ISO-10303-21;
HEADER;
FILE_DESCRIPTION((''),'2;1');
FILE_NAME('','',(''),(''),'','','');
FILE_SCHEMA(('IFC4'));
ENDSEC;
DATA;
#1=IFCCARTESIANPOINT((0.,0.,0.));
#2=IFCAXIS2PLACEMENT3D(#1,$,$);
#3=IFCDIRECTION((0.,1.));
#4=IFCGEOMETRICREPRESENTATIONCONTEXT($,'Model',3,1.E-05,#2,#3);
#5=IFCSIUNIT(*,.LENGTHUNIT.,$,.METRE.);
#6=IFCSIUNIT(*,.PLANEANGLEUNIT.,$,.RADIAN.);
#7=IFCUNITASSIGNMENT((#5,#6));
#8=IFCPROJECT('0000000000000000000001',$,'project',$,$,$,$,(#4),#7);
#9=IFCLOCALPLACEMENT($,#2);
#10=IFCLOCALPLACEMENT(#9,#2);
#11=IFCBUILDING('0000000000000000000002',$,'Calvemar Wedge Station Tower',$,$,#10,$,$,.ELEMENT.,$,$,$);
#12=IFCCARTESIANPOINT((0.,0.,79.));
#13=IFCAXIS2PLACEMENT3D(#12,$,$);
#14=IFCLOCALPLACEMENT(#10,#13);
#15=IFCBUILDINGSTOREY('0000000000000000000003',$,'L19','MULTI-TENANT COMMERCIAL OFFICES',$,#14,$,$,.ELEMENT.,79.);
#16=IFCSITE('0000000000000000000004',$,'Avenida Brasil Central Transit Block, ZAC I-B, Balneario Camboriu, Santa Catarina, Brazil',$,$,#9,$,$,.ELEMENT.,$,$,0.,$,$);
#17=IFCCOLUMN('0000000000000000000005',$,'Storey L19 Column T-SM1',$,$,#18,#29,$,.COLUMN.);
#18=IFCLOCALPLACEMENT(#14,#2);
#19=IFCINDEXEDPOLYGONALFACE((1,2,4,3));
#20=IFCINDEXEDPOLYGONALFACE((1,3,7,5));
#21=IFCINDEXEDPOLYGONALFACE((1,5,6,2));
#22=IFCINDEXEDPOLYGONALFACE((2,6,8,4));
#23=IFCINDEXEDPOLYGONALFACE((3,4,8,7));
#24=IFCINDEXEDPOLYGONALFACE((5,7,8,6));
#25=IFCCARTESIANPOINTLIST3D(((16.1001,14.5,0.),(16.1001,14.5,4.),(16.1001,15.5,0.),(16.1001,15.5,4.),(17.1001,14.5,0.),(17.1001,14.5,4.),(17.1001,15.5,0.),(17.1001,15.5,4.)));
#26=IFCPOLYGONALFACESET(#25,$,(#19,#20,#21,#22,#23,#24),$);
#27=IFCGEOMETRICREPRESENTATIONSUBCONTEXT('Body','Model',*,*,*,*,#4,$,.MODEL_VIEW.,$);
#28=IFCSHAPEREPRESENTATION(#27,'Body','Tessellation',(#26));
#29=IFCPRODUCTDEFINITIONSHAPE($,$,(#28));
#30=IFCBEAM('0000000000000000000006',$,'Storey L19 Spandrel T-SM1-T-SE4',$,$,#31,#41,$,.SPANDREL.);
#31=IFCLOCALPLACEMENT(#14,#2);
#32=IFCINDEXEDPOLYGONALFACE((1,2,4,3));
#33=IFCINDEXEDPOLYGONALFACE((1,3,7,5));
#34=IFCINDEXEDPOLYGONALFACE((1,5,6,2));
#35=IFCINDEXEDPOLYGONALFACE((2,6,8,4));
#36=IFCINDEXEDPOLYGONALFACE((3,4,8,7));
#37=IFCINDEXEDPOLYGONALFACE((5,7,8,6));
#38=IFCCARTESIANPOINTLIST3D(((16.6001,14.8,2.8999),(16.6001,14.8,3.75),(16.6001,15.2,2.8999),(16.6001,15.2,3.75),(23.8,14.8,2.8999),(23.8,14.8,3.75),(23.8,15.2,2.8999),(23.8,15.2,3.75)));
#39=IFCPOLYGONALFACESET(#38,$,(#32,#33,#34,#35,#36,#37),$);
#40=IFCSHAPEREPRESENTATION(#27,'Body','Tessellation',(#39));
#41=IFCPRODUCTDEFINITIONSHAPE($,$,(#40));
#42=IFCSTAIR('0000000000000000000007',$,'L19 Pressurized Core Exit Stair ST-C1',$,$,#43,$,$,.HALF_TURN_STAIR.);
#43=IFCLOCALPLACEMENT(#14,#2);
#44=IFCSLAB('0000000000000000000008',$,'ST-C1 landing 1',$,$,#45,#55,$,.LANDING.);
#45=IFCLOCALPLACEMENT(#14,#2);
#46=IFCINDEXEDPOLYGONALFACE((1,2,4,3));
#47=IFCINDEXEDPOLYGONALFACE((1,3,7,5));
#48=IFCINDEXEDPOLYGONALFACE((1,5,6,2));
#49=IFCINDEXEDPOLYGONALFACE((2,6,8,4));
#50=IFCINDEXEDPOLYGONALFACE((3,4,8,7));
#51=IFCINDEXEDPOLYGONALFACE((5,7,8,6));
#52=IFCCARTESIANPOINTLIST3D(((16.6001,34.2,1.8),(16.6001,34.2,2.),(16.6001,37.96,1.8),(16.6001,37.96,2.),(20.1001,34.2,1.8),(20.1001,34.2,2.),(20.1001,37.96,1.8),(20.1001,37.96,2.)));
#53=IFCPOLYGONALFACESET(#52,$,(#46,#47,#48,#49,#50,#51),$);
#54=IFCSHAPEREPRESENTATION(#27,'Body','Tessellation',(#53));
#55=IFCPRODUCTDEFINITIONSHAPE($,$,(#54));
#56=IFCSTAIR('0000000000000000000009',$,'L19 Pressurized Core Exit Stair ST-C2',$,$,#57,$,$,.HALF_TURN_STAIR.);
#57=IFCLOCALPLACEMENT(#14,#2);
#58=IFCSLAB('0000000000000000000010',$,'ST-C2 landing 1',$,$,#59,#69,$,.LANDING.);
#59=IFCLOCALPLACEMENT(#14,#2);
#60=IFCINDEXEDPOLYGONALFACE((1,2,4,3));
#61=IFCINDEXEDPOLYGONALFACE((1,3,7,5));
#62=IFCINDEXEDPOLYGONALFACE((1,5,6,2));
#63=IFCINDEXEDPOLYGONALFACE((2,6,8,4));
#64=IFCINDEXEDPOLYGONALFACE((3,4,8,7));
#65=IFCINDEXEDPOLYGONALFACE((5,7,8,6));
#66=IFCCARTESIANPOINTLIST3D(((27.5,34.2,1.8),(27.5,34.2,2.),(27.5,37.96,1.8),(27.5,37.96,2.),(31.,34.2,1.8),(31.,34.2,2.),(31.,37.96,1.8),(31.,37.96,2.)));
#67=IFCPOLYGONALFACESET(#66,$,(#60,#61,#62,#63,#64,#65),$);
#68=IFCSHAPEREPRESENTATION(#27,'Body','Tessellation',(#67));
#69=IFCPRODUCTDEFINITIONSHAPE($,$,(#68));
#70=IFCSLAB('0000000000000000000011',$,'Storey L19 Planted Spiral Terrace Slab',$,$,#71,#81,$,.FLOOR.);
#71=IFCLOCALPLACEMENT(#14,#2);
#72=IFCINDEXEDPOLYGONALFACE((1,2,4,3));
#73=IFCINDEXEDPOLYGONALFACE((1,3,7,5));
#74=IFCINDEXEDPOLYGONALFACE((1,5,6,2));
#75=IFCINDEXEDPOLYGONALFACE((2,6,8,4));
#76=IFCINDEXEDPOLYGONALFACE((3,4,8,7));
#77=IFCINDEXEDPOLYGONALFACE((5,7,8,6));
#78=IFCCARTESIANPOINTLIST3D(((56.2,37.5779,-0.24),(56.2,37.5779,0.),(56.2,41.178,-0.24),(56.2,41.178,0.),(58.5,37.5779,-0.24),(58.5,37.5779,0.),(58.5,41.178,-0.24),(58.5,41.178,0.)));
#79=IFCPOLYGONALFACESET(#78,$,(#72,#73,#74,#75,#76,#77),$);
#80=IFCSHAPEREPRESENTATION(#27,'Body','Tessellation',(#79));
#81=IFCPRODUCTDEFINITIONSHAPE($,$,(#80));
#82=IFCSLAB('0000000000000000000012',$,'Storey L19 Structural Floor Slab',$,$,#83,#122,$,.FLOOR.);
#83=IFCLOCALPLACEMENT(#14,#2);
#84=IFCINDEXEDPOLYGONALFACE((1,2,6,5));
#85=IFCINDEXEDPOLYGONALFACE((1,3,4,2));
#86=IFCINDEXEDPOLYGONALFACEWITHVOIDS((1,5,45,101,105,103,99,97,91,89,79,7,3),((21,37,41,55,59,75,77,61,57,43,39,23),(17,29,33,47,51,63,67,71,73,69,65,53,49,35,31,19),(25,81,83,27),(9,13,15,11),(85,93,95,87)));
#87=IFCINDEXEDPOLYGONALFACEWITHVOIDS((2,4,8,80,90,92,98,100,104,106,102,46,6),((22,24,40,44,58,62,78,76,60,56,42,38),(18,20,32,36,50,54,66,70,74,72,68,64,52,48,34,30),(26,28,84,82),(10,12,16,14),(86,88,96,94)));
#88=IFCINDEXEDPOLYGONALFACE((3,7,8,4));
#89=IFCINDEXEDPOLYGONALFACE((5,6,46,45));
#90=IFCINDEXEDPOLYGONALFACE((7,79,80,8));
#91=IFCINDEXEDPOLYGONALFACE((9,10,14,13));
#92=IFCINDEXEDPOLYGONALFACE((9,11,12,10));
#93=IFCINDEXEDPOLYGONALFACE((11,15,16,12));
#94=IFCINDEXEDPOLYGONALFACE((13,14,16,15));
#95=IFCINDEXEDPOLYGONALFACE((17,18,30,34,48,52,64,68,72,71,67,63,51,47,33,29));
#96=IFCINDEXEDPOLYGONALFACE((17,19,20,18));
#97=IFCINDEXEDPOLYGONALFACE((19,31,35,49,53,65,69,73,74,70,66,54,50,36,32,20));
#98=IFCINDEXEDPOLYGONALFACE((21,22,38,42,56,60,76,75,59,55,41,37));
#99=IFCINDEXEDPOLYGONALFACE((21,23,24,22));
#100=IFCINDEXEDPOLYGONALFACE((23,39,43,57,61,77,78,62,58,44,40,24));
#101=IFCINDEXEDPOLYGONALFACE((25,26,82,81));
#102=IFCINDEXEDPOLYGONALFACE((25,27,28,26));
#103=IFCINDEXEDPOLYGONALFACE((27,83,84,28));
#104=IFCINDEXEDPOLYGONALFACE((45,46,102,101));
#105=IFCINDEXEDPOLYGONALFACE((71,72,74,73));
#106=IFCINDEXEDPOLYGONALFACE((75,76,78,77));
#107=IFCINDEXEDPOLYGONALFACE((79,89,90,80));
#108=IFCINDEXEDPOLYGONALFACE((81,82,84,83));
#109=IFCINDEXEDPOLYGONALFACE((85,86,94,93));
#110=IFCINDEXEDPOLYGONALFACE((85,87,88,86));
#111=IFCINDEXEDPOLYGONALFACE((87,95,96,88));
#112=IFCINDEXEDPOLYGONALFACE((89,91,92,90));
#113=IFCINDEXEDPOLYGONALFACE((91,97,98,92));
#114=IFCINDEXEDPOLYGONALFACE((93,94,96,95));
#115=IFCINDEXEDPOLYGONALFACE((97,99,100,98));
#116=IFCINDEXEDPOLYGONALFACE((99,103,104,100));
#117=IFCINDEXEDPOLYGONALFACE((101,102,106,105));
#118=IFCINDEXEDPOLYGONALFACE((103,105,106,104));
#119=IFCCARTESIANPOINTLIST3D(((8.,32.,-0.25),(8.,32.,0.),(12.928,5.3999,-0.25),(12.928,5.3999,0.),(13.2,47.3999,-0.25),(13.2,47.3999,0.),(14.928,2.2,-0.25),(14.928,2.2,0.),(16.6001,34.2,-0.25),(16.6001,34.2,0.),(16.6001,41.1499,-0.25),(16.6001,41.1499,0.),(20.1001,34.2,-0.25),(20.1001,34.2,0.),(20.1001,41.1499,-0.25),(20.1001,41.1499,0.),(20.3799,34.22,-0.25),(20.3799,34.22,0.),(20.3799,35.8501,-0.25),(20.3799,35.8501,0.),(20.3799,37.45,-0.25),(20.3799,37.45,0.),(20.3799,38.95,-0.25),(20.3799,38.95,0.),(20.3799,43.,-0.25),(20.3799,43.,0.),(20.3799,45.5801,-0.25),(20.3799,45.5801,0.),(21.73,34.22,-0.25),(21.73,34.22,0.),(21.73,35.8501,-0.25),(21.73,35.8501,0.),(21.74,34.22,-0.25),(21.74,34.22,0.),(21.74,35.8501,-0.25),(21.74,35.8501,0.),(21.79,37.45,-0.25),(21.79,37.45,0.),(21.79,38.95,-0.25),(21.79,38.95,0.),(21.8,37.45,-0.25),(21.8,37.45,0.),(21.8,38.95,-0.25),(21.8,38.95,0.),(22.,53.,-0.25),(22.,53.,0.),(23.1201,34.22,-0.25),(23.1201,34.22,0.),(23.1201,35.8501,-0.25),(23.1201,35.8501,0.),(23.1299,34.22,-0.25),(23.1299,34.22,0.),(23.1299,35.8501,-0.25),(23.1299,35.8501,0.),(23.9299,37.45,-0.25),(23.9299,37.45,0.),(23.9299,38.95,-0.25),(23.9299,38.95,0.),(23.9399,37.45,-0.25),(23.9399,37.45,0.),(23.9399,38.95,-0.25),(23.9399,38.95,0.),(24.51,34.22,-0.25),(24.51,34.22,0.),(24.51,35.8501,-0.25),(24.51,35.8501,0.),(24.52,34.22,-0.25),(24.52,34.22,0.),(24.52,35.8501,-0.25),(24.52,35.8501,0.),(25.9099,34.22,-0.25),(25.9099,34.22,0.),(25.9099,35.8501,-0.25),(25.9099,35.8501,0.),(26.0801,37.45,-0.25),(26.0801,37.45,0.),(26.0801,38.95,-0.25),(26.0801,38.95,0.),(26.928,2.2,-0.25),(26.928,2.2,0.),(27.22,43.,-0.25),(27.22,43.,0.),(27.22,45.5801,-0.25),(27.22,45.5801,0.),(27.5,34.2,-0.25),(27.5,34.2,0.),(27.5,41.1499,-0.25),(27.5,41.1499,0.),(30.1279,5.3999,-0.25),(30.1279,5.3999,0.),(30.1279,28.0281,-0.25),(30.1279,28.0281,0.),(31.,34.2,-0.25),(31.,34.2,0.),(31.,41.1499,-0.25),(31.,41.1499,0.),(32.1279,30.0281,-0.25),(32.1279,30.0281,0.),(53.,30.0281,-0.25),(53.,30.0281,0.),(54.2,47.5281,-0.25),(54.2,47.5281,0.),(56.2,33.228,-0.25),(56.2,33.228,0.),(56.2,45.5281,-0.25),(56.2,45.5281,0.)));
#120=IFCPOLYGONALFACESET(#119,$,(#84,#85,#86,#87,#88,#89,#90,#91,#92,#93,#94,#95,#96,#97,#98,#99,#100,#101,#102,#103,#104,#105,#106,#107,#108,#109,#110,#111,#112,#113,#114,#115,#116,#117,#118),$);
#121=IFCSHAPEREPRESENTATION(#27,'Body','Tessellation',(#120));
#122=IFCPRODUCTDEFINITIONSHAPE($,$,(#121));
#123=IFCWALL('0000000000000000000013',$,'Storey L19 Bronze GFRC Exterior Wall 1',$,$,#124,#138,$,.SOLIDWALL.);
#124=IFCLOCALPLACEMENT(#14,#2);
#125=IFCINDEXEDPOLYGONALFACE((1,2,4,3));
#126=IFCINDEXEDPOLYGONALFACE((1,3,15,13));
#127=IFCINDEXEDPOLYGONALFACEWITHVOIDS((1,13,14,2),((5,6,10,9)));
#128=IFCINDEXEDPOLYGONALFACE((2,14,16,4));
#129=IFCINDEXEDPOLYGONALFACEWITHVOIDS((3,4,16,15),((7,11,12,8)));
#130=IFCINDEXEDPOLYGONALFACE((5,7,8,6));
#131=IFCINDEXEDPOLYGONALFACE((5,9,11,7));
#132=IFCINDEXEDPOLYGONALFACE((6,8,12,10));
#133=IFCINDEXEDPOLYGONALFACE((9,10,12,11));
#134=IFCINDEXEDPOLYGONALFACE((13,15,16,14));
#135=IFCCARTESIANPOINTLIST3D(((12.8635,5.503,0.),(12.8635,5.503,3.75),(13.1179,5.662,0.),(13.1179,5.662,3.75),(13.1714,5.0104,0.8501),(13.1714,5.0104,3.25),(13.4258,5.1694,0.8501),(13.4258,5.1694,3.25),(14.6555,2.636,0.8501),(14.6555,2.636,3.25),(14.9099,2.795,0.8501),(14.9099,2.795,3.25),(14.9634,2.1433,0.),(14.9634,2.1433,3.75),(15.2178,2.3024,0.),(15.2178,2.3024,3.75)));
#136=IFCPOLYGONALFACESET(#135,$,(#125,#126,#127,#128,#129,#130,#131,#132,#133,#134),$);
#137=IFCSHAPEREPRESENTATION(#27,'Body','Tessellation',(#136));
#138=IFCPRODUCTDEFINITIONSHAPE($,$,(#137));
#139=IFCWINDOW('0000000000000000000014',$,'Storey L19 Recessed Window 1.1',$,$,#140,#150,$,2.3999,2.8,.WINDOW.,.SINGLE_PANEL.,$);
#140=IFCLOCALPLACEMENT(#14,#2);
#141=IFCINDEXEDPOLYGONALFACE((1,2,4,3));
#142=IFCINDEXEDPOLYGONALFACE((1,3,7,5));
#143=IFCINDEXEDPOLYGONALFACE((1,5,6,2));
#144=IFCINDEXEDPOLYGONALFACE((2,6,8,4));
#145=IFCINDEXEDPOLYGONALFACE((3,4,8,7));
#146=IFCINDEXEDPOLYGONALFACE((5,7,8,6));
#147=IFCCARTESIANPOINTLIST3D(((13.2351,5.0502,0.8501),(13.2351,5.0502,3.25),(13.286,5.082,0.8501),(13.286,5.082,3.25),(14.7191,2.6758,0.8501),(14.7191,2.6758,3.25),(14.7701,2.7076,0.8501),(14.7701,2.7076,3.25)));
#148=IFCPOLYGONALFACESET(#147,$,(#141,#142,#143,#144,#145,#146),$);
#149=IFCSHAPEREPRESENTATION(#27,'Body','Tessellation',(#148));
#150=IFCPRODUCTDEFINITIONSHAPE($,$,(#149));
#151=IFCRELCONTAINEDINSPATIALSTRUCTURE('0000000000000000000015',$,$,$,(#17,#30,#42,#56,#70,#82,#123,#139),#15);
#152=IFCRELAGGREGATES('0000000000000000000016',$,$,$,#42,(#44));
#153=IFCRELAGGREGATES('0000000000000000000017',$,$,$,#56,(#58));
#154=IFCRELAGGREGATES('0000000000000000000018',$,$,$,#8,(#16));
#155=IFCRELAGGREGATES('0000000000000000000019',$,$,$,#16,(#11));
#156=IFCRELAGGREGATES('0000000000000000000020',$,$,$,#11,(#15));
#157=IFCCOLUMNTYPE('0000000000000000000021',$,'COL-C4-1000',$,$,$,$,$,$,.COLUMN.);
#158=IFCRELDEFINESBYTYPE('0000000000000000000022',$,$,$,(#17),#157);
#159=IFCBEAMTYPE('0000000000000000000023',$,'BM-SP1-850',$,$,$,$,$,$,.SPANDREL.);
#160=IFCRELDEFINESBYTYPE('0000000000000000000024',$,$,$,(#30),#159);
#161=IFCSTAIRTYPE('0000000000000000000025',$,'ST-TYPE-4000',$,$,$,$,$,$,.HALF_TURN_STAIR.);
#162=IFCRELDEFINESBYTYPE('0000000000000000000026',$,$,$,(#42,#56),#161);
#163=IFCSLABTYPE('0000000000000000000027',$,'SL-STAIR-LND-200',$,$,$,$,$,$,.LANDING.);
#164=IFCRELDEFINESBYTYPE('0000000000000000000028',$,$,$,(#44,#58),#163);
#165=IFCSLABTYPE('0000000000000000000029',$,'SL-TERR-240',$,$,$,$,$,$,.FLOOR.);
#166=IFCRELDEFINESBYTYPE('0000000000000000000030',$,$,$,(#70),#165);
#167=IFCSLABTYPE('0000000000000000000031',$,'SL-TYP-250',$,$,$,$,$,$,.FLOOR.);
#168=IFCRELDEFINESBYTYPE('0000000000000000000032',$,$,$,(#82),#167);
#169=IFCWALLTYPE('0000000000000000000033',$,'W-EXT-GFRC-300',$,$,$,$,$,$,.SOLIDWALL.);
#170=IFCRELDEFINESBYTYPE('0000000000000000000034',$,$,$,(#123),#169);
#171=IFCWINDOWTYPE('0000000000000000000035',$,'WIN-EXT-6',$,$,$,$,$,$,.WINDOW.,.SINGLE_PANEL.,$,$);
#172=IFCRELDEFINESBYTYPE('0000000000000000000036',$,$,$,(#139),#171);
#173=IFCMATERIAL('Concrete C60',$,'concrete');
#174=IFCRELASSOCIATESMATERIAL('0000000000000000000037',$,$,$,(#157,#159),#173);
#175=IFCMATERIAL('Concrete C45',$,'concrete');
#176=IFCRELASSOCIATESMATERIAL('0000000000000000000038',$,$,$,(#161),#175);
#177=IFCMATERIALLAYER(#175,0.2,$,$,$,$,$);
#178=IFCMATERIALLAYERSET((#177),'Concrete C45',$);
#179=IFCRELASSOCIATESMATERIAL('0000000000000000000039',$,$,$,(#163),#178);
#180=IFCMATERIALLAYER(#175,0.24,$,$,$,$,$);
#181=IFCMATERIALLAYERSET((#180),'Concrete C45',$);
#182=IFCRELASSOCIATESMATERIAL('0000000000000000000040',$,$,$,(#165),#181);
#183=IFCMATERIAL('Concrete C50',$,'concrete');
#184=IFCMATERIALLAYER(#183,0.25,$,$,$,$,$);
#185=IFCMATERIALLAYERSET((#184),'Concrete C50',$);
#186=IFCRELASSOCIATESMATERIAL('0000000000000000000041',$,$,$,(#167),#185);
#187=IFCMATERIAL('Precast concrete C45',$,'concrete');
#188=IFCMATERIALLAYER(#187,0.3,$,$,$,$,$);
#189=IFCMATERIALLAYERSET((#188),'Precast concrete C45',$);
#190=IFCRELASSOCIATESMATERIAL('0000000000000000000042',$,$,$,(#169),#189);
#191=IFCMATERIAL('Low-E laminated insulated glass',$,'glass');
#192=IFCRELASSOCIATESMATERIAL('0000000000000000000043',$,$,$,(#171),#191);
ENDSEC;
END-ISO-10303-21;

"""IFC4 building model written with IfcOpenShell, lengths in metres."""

from ifc_helpers import new_model, si_unit, direction, frame, frame_2d, origin, origin_2d, place, context, subcontext, project, spatial, polyline, rectangle, outline, extrude, source, transform, mapped, material, layer, layer_set, material_profile, profile_set, type_object, element, fill, aggregate, save


model = new_model("IFC4")

# Units and contexts
model_context = context("Model", 3, precision=1e-05, world=origin(), true_north=direction((0.0, 1.0)))
body_context = subcontext(model_context, "Body", "Model", "MODEL_VIEW")
ifc_project = project(units=[si_unit("LENGTHUNIT", "METRE"), si_unit("PLANEANGLEUNIT", "RADIAN")], contexts=[model_context])

# Site, building, storey
site_placement = place(None, origin())
site = spatial("IfcSite", under=ifc_project, at=site_placement, Name="Avenida Brasil Central Transit Block, ZAC I-B, Balneario Camboriu, Santa Catarina, Brazil", CompositionType="ELEMENT", RefElevation=0.0)
building_placement = place(site_placement, origin())
building = spatial("IfcBuilding", under=site, at=building_placement, Name="Calvemar Wedge Station Tower", CompositionType="ELEMENT")
storey_placement = place(building_placement, frame((0.0, 0.0, 79.0)))
storey = spatial("IfcBuildingStorey", under=building, at=storey_placement, Name="L19", Description="MULTI-TENANT COMMERCIAL OFFICES", CompositionType="ELEMENT", Elevation=79.0)

# Column
ifc_material_1 = material(Name="Concrete C60", Category="concrete")
ifc_material_profile_1 = material_profile(ifc_material_1, rectangle(XDim=1.0, YDim=1.0, at=origin_2d()), Name="RC1000x1000")
ifc_profile_set_1 = profile_set([ifc_material_profile_1], Name="Concrete C60")
column_type = type_object("IfcColumnType", Name="COL-C4-1000", PredefinedType="COLUMN", material=ifc_profile_set_1)
shared_shape_1 = source(origin(), body_context, "Body", "SweptSolid", [
    extrude(rectangle(XDim=1.0, YDim=1.0, at=origin_2d()), origin(), (0.0, 0.0, 1.0), 4.0),
])
column_placement = place(storey_placement, frame((16.6001, 15.0, 0.0), z_axis=(0.0, 0.0, 1.0), x_axis=(1.0, 0.0, 0.0)))
element("IfcColumn", 1, at=column_placement, inside=storey, type_object=column_type, Name="Storey L19 Column T-SM1", PredefinedType="COLUMN", context=body_context, shape_type="MappedRepresentation", body=[
    mapped(shared_shape_1, transform((0.0, 0.0, 0.0), scale=1.0)),
])

# Beam
ifc_material_profile_2 = material_profile(ifc_material_1, rectangle(XDim=0.3999, YDim=0.8501, at=origin_2d()), Name="RC400x850")
ifc_profile_set_2 = profile_set([ifc_material_profile_2], Name="Concrete C60")
beam_type = type_object("IfcBeamType", Name="BM-SP1-850", PredefinedType="SPANDREL", material=ifc_profile_set_2)
shared_shape_2 = source(origin(), body_context, "Body", "SweptSolid", [
    extrude(rectangle(XDim=0.3999, YDim=0.8501, at=origin_2d()), origin(), (0.0, 0.0, 1.0), 7.2),
])
beam_placement = place(storey_placement, frame((16.6001, 15.0, 3.325), z_axis=(1.0, 0.0, 0.0), x_axis=(0.0, 1.0, 0.0)))
element("IfcBeam", 2, at=beam_placement, inside=storey, type_object=beam_type, Name="Storey L19 Spandrel T-SM1-T-SE4", PredefinedType="SPANDREL", context=body_context, shape_type="MappedRepresentation", body=[
    mapped(shared_shape_2, transform((0.0, 0.0, 0.0), scale=1.0)),
])

# Stairs, slabs
ifc_material_2 = material(Name="Concrete C45", Category="concrete")
stair_type = type_object("IfcStairType", Name="ST-TYPE-4000", PredefinedType="HALF_TURN_STAIR", material=ifc_material_2)
stair_1_placement = place(storey_placement, origin())
stair_1 = element("IfcStair", 3, at=stair_1_placement, inside=storey, type_object=stair_type, Name="L19 Pressurized Core Exit Stair ST-C1", PredefinedType="HALF_TURN_STAIR")
ifc_layer_1 = layer(ifc_material_2, 0.2)
ifc_layer_set_1 = layer_set([ifc_layer_1], Name="Concrete C45")
slab_type_1 = type_object("IfcSlabType", Name="SL-STAIR-LND-200", PredefinedType="LANDING", material=ifc_layer_set_1)
slab_1_placement = place(storey_placement, frame((0.0, 0.0, 1.8)))
slab_1 = element("IfcSlab", 4, at=slab_1_placement, type_object=slab_type_1, Name="ST-C1 landing 1", PredefinedType="LANDING", context=body_context, shape_type="SweptSolid", body=[
    extrude(outline(polyline([(16.6001, 37.96), (16.6001, 34.2), (20.1001, 34.2), (20.1001, 37.96), (16.6001, 37.96)])), origin(), (0.0, 0.0, 1.0), 0.2),
])
aggregate(stair_1, [slab_1])
stair_2_placement = place(storey_placement, origin())
stair_2 = element("IfcStair", 5, at=stair_2_placement, inside=storey, type_object=stair_type, Name="L19 Pressurized Core Exit Stair ST-C2", PredefinedType="HALF_TURN_STAIR")
slab_2_placement = place(storey_placement, frame((0.0, 0.0, 1.8)))
slab_2 = element("IfcSlab", 6, at=slab_2_placement, type_object=slab_type_1, Name="ST-C2 landing 1", PredefinedType="LANDING", context=body_context, shape_type="SweptSolid", body=[
    extrude(outline(polyline([(27.5, 37.96), (27.5, 34.2), (31.0, 34.2), (31.0, 37.96), (27.5, 37.96)])), origin(), (0.0, 0.0, 1.0), 0.2),
])
aggregate(stair_2, [slab_2])

# Slabs
ifc_layer_2 = layer(ifc_material_2, 0.24)
ifc_layer_set_2 = layer_set([ifc_layer_2], Name="Concrete C45")
slab_type_2 = type_object("IfcSlabType", Name="SL-TERR-240", PredefinedType="FLOOR", material=ifc_layer_set_2)
slab_3_placement = place(storey_placement, frame((0.0, 0.0, -0.24)))
element("IfcSlab", 7, at=slab_3_placement, inside=storey, type_object=slab_type_2, Name="Storey L19 Planted Spiral Terrace Slab", PredefinedType="FLOOR", context=body_context, shape_type="SweptSolid", body=[
    extrude(outline(polyline([(56.2, 37.5779), (58.5, 37.5779), (58.5, 41.178), (56.2, 41.178), (56.2, 37.5779)])), origin(), (0.0, 0.0, 1.0), 0.24),
])
ifc_material_3 = material(Name="Concrete C50", Category="concrete")
ifc_layer_3 = layer(ifc_material_3, 0.25)
ifc_layer_set_3 = layer_set([ifc_layer_3], Name="Concrete C50")
slab_type_3 = type_object("IfcSlabType", Name="SL-TYP-250", PredefinedType="FLOOR", material=ifc_layer_set_3)
slab_4_placement = place(storey_placement, frame((0.0, 0.0, -0.25)))
element("IfcSlab", 8, at=slab_4_placement, inside=storey, type_object=slab_type_3, Name="Storey L19 Structural Floor Slab", PredefinedType="FLOOR", context=body_context, shape_type="SweptSolid", body=[
    extrude(outline(polyline([(8.0, 32.0), (12.928, 5.3999), (14.928, 2.2), (26.928, 2.2), (30.1279, 5.3999), (30.1279, 28.0281), (32.1279, 30.0281), (53.0, 30.0281), (56.2, 33.228), (56.2, 45.5281), (54.2, 47.5281), (22.0, 53.0), (13.2, 47.3999), (8.0, 32.0)]), holes=[polyline([(21.74, 35.8501), (21.73, 35.8501), (20.3799, 35.8501), (20.3799, 34.22), (21.73, 34.22), (21.74, 34.22), (23.1201, 34.22), (23.1299, 34.22), (24.51, 34.22), (24.52, 34.22), (25.9099, 34.22), (25.9099, 35.8501), (24.52, 35.8501), (24.51, 35.8501), (23.1299, 35.8501), (23.1201, 35.8501), (21.74, 35.8501)]), polyline([(16.6001, 41.1499), (16.6001, 34.2), (20.1001, 34.2), (20.1001, 41.1499), (16.6001, 41.1499)]), polyline([(27.5, 34.2), (31.0, 34.2), (31.0, 41.1499), (27.5, 41.1499), (27.5, 34.2)]), polyline([(21.79, 37.45), (21.8, 37.45), (23.9299, 37.45), (23.9399, 37.45), (26.0801, 37.45), (26.0801, 38.95), (23.9399, 38.95), (23.9299, 38.95), (21.8, 38.95), (21.79, 38.95), (20.3799, 38.95), (20.3799, 37.45), (21.79, 37.45)]), polyline([(20.3799, 43.0), (27.22, 43.0), (27.22, 45.5801), (20.3799, 45.5801), (20.3799, 43.0)])]), origin(), (0.0, 0.0, 1.0), 0.25),
])

# Wall, opening, window
ifc_material_4 = material(Name="Precast concrete C45", Category="concrete")
ifc_layer_4 = layer(ifc_material_4, 0.3)
ifc_layer_set_4 = layer_set([ifc_layer_4], Name="Precast concrete C45")
wall_type_1 = type_object("IfcWallType", Name="W-EXT-GFRC-300", PredefinedType="SOLIDWALL", material=ifc_layer_set_4)
wall_1_placement = place(storey_placement, frame((12.9907, 5.5825, 0.0), z_axis=(0.0, 0.0, 1.0), x_axis=(0.530016, -0.847988, 0.0)))
wall_1 = element("IfcWall", 9, at=wall_1_placement, inside=storey, type_object=wall_type_1, Name="Storey L19 Bronze GFRC Exterior Wall 1", PredefinedType="SOLIDWALL", context=body_context, shape_type="SweptSolid", body=[
    extrude(rectangle(XDim=3.9619, YDim=0.3, at=frame_2d((1.981, 0.0))), origin(), (0.0, 0.0, 1.0), 3.75),
])
shared_shape_3 = source(origin(), body_context, "Body", "SweptSolid", [
    extrude(rectangle(XDim=2.8, YDim=2.3999, at=frame_2d((1.3999, 1.2))), frame((0.0, 0.1602, 0.0), z_axis=(0.0, -1.0, 0.0), x_axis=(1.0, 0.0, 0.0)), (0.0, 0.0, 1.0), 0.3201),
])
opening_1_placement = place(wall_1_placement, frame((0.5811, 0.0, 0.8501)))
opening_1 = element("IfcOpeningElement", 10, at=opening_1_placement, cuts=wall_1, PredefinedType="OPENING", context=body_context, shape_type="MappedRepresentation", body=[
    mapped(shared_shape_3, transform((0.0, 0.0, 0.0), scale=1.0)),
])
ifc_material_5 = material(Name="Low-E laminated insulated glass", Category="glass")
window_type_1 = type_object("IfcWindowType", Name="WIN-EXT-6", PartitioningType="SINGLE_PANEL", PredefinedType="WINDOW", material=ifc_material_5)
shared_shape_4 = source(origin(), body_context, "Body", "SweptSolid", [
    extrude(rectangle(XDim=2.8, YDim=2.3999, at=frame_2d((1.3999, 1.2))), frame((0.0, -0.0149, 0.0), z_axis=(0.0, -1.0, 0.0), x_axis=(1.0, 0.0, 0.0)), (0.0, 0.0, 1.0), 0.0601),
])
window_1_placement = place(opening_1_placement, origin())
window_1 = element("IfcWindow", 11, at=window_1_placement, inside=storey, type_object=window_type_1, Name="Storey L19 Recessed Window 1.1", OverallHeight=2.3999, OverallWidth=2.8, PartitioningType="SINGLE_PANEL", PredefinedType="WINDOW", context=body_context, shape_type="MappedRepresentation", body=[
    mapped(shared_shape_4, transform((0.0, 0.0, 0.0), scale=1.0)),
])
fill(opening_1, window_1)

save(model, "model.ifc")
